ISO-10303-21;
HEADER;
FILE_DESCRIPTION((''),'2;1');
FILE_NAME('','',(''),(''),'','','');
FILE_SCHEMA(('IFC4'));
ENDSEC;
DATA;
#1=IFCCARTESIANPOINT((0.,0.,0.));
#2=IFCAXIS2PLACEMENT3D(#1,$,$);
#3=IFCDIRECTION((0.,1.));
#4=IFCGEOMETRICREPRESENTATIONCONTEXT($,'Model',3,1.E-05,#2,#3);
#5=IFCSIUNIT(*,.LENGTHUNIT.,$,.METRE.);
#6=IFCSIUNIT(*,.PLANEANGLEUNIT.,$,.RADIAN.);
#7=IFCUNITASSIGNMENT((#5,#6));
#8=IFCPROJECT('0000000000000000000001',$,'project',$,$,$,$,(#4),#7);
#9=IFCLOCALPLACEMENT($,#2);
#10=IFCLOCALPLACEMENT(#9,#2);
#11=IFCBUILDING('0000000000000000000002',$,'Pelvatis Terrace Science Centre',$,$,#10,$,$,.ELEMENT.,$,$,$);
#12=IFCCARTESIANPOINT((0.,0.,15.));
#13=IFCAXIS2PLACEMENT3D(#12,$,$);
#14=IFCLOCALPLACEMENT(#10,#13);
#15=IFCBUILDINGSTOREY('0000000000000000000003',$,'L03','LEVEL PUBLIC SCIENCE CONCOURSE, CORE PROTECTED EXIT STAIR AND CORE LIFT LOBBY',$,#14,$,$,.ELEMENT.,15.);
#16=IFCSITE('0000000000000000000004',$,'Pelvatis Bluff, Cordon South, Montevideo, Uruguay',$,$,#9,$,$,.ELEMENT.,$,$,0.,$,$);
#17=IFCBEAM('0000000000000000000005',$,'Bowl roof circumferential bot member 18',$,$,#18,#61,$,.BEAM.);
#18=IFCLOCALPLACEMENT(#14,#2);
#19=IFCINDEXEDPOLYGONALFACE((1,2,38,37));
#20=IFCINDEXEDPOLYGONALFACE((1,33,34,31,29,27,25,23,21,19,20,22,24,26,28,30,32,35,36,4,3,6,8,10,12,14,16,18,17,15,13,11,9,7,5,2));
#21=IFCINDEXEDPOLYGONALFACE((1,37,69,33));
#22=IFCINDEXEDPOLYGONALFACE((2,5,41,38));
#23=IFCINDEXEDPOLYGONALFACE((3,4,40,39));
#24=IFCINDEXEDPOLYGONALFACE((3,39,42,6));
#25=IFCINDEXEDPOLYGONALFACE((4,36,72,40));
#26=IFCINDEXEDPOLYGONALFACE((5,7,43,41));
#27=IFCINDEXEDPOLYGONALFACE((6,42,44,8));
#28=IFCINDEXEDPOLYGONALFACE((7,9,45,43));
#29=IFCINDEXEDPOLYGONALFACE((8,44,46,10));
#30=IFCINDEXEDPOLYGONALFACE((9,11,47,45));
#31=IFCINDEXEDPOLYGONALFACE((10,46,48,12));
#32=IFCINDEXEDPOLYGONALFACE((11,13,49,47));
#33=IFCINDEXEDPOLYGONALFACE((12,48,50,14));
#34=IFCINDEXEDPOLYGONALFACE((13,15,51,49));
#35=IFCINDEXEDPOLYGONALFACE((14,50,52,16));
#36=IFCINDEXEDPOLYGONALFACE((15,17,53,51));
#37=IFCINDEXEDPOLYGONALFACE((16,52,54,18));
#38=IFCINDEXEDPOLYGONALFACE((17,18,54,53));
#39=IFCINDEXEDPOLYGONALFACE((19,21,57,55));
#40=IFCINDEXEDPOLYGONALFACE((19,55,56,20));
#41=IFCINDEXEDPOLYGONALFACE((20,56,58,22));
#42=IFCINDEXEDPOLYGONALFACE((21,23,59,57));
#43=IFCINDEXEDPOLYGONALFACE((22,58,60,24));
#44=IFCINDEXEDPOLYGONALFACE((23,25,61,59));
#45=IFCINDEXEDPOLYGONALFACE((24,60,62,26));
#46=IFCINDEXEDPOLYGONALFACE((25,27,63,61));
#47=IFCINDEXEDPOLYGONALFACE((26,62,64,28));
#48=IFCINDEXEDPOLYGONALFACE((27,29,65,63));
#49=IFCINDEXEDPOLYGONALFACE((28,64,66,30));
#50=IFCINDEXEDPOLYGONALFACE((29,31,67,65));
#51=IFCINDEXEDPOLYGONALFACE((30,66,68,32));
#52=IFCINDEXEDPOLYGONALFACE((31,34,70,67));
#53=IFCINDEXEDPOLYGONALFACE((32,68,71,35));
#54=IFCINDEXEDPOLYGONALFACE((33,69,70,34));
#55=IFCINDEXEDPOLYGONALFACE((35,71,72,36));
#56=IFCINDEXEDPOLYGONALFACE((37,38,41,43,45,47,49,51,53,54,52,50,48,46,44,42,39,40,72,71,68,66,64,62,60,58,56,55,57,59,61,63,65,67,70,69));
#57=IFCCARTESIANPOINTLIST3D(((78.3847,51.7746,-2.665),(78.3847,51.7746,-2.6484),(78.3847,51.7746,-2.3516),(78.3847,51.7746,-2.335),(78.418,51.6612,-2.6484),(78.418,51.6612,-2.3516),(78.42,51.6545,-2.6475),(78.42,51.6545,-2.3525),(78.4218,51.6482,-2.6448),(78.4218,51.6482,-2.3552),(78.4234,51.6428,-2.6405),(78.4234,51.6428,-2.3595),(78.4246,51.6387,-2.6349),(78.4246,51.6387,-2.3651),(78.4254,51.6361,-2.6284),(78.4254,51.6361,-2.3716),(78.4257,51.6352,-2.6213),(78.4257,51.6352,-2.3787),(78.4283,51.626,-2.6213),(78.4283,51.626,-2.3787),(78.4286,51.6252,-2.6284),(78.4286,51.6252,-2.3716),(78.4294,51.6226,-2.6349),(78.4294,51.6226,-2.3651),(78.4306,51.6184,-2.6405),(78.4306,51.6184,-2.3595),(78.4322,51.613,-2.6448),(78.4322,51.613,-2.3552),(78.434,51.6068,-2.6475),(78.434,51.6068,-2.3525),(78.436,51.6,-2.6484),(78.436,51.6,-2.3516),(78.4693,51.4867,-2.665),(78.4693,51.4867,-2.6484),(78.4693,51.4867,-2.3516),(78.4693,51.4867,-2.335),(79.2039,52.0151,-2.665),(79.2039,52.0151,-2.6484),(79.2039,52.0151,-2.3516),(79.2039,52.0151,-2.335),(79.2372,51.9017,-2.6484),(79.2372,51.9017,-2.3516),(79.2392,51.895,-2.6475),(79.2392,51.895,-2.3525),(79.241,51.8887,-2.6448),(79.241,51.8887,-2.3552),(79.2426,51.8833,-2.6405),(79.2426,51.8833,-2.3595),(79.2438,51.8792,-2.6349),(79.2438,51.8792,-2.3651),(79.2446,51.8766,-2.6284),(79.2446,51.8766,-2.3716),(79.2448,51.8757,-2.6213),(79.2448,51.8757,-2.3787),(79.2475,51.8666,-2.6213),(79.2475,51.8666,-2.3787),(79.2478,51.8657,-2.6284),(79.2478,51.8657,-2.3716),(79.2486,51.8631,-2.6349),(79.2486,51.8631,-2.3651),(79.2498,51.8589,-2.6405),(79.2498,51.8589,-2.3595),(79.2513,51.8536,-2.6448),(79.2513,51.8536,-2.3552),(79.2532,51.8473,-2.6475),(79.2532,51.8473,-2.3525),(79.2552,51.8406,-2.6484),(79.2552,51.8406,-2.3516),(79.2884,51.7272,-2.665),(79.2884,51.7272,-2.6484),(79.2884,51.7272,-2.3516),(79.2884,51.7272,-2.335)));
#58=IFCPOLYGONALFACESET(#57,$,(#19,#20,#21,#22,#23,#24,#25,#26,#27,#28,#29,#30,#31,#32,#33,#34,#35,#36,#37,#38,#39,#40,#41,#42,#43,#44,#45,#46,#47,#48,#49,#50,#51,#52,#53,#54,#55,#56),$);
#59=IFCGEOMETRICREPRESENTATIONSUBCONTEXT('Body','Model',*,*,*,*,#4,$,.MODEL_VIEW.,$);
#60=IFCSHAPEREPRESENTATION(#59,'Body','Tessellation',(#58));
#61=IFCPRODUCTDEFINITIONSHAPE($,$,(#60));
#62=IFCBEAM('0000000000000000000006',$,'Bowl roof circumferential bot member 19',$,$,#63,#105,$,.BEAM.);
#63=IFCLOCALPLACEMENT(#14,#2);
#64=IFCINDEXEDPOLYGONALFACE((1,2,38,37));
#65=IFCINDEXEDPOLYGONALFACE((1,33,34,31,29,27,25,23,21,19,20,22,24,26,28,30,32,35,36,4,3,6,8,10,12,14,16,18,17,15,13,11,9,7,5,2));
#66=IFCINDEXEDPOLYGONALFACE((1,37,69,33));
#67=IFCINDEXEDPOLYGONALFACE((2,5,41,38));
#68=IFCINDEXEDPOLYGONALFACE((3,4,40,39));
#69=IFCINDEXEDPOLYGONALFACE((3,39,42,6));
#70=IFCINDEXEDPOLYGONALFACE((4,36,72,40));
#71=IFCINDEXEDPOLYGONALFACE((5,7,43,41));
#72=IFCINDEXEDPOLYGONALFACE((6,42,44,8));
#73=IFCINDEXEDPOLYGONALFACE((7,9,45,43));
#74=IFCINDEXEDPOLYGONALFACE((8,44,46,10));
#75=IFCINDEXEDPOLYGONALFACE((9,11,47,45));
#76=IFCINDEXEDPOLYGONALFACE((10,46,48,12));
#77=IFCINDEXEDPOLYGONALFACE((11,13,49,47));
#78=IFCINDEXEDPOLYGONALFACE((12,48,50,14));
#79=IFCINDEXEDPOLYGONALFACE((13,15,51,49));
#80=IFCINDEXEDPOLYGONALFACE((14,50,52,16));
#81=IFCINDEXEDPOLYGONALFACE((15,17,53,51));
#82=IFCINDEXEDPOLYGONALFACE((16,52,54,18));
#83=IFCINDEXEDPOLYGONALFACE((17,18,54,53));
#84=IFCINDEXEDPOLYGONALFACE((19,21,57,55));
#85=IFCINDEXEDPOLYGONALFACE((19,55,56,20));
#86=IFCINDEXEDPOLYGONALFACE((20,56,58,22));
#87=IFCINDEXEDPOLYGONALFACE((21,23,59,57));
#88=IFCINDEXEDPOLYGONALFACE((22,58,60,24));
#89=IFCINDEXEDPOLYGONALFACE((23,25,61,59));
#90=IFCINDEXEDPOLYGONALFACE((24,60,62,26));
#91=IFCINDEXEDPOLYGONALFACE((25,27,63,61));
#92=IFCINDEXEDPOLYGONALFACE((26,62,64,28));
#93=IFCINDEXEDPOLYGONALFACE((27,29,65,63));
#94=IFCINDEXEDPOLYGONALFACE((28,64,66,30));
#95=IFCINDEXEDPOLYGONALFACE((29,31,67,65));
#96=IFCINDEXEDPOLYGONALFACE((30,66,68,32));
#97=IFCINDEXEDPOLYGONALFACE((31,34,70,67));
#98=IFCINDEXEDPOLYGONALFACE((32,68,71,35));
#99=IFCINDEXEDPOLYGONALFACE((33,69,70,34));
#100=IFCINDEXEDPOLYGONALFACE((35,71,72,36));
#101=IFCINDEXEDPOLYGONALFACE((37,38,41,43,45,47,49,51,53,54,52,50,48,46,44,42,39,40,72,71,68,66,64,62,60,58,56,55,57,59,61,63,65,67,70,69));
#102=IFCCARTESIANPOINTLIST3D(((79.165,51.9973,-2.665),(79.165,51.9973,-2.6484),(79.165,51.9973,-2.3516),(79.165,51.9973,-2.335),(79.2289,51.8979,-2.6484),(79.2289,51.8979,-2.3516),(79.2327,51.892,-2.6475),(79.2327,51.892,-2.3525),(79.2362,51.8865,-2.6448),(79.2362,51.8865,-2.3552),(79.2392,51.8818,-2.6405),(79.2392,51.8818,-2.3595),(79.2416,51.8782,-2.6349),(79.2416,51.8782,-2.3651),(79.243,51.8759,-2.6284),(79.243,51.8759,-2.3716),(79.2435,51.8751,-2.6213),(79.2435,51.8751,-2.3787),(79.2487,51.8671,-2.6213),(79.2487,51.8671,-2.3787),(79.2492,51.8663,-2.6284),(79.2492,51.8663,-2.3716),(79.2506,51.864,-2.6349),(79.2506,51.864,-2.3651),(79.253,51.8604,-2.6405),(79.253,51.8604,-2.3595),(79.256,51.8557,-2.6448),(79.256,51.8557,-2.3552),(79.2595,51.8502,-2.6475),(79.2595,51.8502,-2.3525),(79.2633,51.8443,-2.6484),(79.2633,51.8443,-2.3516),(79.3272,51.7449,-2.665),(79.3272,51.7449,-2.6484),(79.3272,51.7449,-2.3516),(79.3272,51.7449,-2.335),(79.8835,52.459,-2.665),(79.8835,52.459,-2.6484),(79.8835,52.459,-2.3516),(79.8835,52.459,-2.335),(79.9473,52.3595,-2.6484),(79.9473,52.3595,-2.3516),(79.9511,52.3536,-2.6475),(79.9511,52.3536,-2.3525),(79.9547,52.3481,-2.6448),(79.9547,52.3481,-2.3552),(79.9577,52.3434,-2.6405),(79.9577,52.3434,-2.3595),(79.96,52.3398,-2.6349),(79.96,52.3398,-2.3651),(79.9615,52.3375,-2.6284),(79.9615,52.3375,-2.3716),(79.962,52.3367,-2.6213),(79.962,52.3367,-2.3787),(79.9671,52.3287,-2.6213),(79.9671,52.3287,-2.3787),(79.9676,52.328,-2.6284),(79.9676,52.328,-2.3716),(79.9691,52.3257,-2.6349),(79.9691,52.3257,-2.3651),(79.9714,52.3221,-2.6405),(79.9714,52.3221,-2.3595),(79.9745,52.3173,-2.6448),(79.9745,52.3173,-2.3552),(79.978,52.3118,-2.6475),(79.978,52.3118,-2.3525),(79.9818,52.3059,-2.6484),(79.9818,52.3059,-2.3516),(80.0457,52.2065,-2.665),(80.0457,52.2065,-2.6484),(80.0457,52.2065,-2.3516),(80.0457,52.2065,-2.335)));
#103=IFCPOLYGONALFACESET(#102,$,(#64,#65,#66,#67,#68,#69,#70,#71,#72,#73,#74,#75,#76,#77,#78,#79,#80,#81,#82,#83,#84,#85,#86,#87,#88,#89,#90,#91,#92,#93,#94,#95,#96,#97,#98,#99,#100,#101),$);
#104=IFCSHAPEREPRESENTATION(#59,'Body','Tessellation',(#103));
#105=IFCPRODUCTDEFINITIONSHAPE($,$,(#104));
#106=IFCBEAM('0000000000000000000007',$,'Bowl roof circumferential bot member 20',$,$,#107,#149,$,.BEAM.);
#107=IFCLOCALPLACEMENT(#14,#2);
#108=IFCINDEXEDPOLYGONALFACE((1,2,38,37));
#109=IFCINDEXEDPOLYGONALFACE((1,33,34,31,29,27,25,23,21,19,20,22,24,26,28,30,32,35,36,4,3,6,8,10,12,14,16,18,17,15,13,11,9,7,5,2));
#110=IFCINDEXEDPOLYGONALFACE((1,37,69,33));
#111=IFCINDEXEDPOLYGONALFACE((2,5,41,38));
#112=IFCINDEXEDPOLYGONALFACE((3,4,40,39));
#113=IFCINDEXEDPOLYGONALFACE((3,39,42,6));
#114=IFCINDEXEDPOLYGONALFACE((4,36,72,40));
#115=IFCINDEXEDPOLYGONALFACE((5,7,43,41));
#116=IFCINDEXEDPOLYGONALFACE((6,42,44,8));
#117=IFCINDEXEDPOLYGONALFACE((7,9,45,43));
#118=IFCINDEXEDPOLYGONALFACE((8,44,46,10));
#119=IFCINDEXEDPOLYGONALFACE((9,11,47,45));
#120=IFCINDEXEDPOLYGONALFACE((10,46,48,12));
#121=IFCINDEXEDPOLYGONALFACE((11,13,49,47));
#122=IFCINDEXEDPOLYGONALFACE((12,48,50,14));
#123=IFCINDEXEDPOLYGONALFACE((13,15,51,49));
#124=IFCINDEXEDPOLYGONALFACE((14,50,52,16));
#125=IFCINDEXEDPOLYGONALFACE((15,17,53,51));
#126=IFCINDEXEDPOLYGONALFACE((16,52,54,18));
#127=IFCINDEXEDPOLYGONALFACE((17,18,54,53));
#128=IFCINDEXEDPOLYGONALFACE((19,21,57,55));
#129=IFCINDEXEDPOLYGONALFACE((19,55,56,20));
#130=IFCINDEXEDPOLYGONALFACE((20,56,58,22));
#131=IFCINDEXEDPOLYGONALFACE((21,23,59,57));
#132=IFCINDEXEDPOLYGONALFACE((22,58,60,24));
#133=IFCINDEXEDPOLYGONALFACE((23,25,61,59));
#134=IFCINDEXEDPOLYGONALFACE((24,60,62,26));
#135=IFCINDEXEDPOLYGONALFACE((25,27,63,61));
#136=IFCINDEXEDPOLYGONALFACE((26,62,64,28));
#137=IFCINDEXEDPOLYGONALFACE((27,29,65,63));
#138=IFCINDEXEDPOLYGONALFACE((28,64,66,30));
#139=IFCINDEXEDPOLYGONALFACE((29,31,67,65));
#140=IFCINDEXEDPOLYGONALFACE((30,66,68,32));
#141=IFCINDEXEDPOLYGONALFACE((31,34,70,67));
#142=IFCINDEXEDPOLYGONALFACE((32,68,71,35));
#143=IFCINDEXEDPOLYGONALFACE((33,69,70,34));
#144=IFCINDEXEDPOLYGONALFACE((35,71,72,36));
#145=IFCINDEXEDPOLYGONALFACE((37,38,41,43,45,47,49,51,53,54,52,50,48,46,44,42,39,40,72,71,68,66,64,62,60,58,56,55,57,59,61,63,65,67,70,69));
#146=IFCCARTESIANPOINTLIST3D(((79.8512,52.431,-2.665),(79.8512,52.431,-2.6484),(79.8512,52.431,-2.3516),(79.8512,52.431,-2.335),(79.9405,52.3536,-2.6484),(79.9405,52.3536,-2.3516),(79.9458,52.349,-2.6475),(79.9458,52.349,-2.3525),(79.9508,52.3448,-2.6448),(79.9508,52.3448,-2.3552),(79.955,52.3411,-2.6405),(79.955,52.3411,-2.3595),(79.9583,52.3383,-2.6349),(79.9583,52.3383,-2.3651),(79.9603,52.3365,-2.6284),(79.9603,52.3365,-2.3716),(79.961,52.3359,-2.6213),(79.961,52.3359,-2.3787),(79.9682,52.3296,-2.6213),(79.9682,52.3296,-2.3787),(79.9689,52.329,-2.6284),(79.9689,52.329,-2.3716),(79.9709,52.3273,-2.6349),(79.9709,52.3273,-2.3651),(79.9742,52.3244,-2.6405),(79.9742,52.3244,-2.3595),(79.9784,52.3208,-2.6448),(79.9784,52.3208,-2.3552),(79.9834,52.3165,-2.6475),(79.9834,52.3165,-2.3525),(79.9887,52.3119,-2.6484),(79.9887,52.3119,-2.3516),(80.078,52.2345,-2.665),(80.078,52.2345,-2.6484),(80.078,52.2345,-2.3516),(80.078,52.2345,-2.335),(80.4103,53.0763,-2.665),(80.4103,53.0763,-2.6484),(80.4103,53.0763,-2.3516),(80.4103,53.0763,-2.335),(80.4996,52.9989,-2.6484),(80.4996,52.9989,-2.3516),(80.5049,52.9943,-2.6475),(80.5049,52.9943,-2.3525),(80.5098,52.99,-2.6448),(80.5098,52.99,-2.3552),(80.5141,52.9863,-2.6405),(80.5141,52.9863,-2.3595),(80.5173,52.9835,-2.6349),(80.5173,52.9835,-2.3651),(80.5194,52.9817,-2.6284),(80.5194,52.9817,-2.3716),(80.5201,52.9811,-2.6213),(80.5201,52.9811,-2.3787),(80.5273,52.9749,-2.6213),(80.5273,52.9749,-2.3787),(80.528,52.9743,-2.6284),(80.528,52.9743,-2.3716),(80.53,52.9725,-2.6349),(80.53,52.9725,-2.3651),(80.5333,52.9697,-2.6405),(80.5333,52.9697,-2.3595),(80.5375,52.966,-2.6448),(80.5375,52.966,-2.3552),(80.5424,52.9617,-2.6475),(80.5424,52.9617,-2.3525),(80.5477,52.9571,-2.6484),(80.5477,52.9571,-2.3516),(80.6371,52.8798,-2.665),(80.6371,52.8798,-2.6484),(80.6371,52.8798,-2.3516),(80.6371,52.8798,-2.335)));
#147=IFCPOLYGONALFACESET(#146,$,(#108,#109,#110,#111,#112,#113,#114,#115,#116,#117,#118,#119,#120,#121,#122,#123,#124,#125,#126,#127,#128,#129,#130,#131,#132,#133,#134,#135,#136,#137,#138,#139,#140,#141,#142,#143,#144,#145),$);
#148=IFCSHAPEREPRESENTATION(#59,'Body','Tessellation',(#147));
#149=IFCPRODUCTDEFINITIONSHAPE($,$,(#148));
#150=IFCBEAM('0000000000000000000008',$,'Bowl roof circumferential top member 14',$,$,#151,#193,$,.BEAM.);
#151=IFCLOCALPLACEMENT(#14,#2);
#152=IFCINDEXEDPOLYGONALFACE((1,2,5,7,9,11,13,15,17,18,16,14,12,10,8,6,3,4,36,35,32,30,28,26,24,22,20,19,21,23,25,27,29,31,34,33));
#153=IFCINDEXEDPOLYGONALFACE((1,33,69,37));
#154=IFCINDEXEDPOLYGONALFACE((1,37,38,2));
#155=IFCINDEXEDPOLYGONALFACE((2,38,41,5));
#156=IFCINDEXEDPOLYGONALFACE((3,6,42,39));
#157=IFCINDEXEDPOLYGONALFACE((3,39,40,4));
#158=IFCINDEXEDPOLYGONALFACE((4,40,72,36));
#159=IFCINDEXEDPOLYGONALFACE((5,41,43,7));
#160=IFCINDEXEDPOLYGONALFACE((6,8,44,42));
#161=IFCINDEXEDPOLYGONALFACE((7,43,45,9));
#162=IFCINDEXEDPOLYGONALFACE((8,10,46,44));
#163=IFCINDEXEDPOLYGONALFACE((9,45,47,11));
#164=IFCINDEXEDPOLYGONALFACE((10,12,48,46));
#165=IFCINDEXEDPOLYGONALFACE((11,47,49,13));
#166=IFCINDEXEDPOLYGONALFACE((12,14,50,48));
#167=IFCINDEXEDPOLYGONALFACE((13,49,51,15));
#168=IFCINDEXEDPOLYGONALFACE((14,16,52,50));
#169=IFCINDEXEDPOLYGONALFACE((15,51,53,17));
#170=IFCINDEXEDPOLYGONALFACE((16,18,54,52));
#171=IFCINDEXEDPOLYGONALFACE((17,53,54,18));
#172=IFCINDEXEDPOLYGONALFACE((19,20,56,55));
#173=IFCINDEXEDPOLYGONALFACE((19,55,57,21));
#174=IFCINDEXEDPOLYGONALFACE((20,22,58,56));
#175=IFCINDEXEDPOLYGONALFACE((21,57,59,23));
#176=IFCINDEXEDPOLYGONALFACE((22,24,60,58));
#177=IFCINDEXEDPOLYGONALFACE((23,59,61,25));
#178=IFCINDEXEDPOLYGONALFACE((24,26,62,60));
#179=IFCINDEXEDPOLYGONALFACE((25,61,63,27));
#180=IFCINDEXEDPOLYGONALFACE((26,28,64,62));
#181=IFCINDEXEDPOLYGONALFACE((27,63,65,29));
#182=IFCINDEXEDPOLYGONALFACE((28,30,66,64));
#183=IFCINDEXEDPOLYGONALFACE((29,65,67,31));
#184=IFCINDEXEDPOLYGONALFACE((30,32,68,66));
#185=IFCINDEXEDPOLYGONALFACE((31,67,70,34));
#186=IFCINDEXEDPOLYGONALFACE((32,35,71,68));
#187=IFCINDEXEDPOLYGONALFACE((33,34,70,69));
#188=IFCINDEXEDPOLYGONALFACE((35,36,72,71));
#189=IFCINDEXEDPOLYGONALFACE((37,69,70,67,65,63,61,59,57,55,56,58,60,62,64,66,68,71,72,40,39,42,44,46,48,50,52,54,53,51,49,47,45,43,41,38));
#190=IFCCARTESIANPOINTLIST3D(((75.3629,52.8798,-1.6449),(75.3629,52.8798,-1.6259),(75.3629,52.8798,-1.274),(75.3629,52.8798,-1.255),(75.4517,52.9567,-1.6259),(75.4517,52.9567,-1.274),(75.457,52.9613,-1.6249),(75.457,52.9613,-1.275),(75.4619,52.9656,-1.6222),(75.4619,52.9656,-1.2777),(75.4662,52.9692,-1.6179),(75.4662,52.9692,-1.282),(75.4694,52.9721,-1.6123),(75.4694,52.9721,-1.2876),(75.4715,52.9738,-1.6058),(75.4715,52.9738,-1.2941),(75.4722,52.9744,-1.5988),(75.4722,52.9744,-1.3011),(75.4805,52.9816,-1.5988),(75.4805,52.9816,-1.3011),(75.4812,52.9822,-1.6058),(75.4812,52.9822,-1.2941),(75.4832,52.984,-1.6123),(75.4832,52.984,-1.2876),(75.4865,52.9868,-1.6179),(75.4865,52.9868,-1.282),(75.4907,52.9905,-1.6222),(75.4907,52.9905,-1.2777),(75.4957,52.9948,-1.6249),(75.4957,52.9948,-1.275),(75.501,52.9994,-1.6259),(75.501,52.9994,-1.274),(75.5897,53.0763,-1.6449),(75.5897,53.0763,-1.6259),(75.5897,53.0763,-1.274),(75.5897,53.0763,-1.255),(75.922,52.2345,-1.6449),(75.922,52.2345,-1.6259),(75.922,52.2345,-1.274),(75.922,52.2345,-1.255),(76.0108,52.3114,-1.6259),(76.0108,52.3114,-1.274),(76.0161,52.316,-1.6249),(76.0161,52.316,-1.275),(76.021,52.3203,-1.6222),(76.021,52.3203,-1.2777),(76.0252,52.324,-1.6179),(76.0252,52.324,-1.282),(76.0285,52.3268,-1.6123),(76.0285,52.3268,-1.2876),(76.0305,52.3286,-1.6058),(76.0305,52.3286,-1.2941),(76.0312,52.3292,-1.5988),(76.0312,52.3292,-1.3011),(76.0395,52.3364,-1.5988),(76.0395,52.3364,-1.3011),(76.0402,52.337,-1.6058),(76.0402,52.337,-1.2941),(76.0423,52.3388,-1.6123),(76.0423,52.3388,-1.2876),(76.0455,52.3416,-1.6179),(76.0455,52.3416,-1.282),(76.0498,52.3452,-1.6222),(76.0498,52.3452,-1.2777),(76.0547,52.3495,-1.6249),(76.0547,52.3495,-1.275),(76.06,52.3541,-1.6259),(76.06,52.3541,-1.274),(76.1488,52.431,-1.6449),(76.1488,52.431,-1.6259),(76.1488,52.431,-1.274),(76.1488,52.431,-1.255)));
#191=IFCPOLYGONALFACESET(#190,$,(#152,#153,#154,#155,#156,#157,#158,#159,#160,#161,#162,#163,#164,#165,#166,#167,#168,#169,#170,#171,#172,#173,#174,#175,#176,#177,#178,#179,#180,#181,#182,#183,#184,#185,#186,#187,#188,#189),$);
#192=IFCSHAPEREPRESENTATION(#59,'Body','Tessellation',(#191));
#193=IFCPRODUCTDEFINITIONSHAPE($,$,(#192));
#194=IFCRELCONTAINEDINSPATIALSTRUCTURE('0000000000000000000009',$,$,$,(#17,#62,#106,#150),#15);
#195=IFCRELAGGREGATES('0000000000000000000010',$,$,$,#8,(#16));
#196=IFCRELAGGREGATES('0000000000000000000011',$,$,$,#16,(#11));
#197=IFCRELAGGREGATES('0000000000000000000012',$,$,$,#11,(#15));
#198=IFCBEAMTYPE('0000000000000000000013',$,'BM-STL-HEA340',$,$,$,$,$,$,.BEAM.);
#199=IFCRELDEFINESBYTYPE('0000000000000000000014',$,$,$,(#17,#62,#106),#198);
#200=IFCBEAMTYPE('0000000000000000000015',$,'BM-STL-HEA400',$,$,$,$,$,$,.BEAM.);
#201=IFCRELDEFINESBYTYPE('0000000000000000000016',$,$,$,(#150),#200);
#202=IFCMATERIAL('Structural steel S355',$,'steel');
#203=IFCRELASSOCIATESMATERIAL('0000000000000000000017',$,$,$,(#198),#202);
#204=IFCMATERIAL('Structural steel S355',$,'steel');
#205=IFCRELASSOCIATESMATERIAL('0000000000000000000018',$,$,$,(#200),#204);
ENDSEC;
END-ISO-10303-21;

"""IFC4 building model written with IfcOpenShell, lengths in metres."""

from ifc_helpers import new_model, si_unit, direction, frame, origin, origin_2d, place, context, subcontext, project, spatial, i_section, extrude, material, material_profile, profile_set, type_object, element, save


model = new_model("IFC4")

# Units and contexts
model_context = context("Model", 3, precision=1e-05, world=origin(), true_north=direction((0.0, 1.0)))
body_context = subcontext(model_context, "Body", "Model", "MODEL_VIEW")
ifc_project = project(units=[si_unit("LENGTHUNIT", "METRE"), si_unit("PLANEANGLEUNIT", "RADIAN")], contexts=[model_context])

# Site, building, storey
site_placement = place(None, origin())
site = spatial("IfcSite", under=ifc_project, at=site_placement, Name="Pelvatis Bluff, Cordon South, Montevideo, Uruguay", CompositionType="ELEMENT", RefElevation=0.0)
building_placement = place(site_placement, origin())
building = spatial("IfcBuilding", under=site, at=building_placement, Name="Pelvatis Terrace Science Centre", CompositionType="ELEMENT")
storey_placement = place(building_placement, frame((0.0, 0.0, 15.0)))
storey = spatial("IfcBuildingStorey", under=building, at=storey_placement, Name="L03", Description="LEVEL PUBLIC SCIENCE CONCOURSE, CORE PROTECTED EXIT STAIR AND CORE LIFT LOBBY", CompositionType="ELEMENT", Elevation=15.0)

# Beams
ifc_material_1 = material(Name="Structural steel S355", Category="steel")
ifc_material_profile_1 = material_profile(ifc_material_1, i_section(OverallWidth=0.3, OverallDepth=0.3301, WebThickness=0.0095, FlangeThickness=0.0166, FilletRadius=0.0271, at=origin_2d()), Name="HEA 340")
ifc_profile_set_1 = profile_set([ifc_material_profile_1], Name="Structural steel S355")
beam_type_1 = type_object("IfcBeamType", Name="BM-STL-HEA340", PredefinedType="BEAM", material=ifc_profile_set_1)
beam_1_placement = place(storey_placement, frame((78.427, 51.6306, -2.5), z_axis=(0.959502, 0.281702, 0.0), x_axis=(-0.281702, 0.959502, 0.0)))
element("IfcBeam", 1, at=beam_1_placement, inside=storey, type_object=beam_type_1, Name="Bowl roof circumferential bot member 18", PredefinedType="BEAM", context=body_context, shape_type="SweptSolid", body=[
    extrude(i_section(OverallWidth=0.3, OverallDepth=0.3301, WebThickness=0.0095, FlangeThickness=0.0166, FilletRadius=0.0271, at=origin_2d()), origin(), (0.0, 0.0, 1.0), 0.8538),
])
beam_2_placement = place(storey_placement, frame((79.2461, 51.8711, -2.5), z_axis=(0.841299, 0.54057, 0.0), x_axis=(-0.54057, 0.841299, 0.0)))
element("IfcBeam", 2, at=beam_2_placement, inside=storey, type_object=beam_type_1, Name="Bowl roof circumferential bot member 19", PredefinedType="BEAM", context=body_context, shape_type="SweptSolid", body=[
    extrude(i_section(OverallWidth=0.3, OverallDepth=0.3301, WebThickness=0.0095, FlangeThickness=0.0166, FilletRadius=0.0271, at=origin_2d()), origin(), (0.0, 0.0, 1.0), 0.854),
])
beam_3_placement = place(storey_placement, frame((79.9646, 52.3328, -2.5), z_axis=(0.654833, 0.755774, 0.0), x_axis=(-0.755774, 0.654833, 0.0)))
element("IfcBeam", 3, at=beam_3_placement, inside=storey, type_object=beam_type_1, Name="Bowl roof circumferential bot member 20", PredefinedType="BEAM", context=body_context, shape_type="SweptSolid", body=[
    extrude(i_section(OverallWidth=0.3, OverallDepth=0.3301, WebThickness=0.0095, FlangeThickness=0.0166, FilletRadius=0.0271, at=origin_2d()), origin(), (0.0, 0.0, 1.0), 0.8538),
])
ifc_material_2 = material(Name="Structural steel S355", Category="steel")
ifc_material_profile_2 = material_profile(ifc_material_2, i_section(OverallWidth=0.3, OverallDepth=0.3899, WebThickness=0.011, FlangeThickness=0.019, FilletRadius=0.0271, at=origin_2d()), Name="HEA 400")
ifc_profile_set_2 = profile_set([ifc_material_profile_2], Name="Structural steel S355")
beam_type_2 = type_object("IfcBeamType", Name="BM-STL-HEA400", PredefinedType="BEAM", material=ifc_profile_set_2)
beam_4_placement = place(storey_placement, frame((75.4763, 52.978, -1.45), z_axis=(0.654833, -0.755774, 0.0), x_axis=(0.755774, 0.654833, 0.0)))
element("IfcBeam", 4, at=beam_4_placement, inside=storey, type_object=beam_type_2, Name="Bowl roof circumferential top member 14", PredefinedType="BEAM", context=body_context, shape_type="SweptSolid", body=[
    extrude(i_section(OverallWidth=0.3, OverallDepth=0.3899, WebThickness=0.011, FlangeThickness=0.019, FilletRadius=0.0271, at=origin_2d()), origin(), (0.0, 0.0, 1.0), 0.8538),
])

save(model, "model.ifc")
